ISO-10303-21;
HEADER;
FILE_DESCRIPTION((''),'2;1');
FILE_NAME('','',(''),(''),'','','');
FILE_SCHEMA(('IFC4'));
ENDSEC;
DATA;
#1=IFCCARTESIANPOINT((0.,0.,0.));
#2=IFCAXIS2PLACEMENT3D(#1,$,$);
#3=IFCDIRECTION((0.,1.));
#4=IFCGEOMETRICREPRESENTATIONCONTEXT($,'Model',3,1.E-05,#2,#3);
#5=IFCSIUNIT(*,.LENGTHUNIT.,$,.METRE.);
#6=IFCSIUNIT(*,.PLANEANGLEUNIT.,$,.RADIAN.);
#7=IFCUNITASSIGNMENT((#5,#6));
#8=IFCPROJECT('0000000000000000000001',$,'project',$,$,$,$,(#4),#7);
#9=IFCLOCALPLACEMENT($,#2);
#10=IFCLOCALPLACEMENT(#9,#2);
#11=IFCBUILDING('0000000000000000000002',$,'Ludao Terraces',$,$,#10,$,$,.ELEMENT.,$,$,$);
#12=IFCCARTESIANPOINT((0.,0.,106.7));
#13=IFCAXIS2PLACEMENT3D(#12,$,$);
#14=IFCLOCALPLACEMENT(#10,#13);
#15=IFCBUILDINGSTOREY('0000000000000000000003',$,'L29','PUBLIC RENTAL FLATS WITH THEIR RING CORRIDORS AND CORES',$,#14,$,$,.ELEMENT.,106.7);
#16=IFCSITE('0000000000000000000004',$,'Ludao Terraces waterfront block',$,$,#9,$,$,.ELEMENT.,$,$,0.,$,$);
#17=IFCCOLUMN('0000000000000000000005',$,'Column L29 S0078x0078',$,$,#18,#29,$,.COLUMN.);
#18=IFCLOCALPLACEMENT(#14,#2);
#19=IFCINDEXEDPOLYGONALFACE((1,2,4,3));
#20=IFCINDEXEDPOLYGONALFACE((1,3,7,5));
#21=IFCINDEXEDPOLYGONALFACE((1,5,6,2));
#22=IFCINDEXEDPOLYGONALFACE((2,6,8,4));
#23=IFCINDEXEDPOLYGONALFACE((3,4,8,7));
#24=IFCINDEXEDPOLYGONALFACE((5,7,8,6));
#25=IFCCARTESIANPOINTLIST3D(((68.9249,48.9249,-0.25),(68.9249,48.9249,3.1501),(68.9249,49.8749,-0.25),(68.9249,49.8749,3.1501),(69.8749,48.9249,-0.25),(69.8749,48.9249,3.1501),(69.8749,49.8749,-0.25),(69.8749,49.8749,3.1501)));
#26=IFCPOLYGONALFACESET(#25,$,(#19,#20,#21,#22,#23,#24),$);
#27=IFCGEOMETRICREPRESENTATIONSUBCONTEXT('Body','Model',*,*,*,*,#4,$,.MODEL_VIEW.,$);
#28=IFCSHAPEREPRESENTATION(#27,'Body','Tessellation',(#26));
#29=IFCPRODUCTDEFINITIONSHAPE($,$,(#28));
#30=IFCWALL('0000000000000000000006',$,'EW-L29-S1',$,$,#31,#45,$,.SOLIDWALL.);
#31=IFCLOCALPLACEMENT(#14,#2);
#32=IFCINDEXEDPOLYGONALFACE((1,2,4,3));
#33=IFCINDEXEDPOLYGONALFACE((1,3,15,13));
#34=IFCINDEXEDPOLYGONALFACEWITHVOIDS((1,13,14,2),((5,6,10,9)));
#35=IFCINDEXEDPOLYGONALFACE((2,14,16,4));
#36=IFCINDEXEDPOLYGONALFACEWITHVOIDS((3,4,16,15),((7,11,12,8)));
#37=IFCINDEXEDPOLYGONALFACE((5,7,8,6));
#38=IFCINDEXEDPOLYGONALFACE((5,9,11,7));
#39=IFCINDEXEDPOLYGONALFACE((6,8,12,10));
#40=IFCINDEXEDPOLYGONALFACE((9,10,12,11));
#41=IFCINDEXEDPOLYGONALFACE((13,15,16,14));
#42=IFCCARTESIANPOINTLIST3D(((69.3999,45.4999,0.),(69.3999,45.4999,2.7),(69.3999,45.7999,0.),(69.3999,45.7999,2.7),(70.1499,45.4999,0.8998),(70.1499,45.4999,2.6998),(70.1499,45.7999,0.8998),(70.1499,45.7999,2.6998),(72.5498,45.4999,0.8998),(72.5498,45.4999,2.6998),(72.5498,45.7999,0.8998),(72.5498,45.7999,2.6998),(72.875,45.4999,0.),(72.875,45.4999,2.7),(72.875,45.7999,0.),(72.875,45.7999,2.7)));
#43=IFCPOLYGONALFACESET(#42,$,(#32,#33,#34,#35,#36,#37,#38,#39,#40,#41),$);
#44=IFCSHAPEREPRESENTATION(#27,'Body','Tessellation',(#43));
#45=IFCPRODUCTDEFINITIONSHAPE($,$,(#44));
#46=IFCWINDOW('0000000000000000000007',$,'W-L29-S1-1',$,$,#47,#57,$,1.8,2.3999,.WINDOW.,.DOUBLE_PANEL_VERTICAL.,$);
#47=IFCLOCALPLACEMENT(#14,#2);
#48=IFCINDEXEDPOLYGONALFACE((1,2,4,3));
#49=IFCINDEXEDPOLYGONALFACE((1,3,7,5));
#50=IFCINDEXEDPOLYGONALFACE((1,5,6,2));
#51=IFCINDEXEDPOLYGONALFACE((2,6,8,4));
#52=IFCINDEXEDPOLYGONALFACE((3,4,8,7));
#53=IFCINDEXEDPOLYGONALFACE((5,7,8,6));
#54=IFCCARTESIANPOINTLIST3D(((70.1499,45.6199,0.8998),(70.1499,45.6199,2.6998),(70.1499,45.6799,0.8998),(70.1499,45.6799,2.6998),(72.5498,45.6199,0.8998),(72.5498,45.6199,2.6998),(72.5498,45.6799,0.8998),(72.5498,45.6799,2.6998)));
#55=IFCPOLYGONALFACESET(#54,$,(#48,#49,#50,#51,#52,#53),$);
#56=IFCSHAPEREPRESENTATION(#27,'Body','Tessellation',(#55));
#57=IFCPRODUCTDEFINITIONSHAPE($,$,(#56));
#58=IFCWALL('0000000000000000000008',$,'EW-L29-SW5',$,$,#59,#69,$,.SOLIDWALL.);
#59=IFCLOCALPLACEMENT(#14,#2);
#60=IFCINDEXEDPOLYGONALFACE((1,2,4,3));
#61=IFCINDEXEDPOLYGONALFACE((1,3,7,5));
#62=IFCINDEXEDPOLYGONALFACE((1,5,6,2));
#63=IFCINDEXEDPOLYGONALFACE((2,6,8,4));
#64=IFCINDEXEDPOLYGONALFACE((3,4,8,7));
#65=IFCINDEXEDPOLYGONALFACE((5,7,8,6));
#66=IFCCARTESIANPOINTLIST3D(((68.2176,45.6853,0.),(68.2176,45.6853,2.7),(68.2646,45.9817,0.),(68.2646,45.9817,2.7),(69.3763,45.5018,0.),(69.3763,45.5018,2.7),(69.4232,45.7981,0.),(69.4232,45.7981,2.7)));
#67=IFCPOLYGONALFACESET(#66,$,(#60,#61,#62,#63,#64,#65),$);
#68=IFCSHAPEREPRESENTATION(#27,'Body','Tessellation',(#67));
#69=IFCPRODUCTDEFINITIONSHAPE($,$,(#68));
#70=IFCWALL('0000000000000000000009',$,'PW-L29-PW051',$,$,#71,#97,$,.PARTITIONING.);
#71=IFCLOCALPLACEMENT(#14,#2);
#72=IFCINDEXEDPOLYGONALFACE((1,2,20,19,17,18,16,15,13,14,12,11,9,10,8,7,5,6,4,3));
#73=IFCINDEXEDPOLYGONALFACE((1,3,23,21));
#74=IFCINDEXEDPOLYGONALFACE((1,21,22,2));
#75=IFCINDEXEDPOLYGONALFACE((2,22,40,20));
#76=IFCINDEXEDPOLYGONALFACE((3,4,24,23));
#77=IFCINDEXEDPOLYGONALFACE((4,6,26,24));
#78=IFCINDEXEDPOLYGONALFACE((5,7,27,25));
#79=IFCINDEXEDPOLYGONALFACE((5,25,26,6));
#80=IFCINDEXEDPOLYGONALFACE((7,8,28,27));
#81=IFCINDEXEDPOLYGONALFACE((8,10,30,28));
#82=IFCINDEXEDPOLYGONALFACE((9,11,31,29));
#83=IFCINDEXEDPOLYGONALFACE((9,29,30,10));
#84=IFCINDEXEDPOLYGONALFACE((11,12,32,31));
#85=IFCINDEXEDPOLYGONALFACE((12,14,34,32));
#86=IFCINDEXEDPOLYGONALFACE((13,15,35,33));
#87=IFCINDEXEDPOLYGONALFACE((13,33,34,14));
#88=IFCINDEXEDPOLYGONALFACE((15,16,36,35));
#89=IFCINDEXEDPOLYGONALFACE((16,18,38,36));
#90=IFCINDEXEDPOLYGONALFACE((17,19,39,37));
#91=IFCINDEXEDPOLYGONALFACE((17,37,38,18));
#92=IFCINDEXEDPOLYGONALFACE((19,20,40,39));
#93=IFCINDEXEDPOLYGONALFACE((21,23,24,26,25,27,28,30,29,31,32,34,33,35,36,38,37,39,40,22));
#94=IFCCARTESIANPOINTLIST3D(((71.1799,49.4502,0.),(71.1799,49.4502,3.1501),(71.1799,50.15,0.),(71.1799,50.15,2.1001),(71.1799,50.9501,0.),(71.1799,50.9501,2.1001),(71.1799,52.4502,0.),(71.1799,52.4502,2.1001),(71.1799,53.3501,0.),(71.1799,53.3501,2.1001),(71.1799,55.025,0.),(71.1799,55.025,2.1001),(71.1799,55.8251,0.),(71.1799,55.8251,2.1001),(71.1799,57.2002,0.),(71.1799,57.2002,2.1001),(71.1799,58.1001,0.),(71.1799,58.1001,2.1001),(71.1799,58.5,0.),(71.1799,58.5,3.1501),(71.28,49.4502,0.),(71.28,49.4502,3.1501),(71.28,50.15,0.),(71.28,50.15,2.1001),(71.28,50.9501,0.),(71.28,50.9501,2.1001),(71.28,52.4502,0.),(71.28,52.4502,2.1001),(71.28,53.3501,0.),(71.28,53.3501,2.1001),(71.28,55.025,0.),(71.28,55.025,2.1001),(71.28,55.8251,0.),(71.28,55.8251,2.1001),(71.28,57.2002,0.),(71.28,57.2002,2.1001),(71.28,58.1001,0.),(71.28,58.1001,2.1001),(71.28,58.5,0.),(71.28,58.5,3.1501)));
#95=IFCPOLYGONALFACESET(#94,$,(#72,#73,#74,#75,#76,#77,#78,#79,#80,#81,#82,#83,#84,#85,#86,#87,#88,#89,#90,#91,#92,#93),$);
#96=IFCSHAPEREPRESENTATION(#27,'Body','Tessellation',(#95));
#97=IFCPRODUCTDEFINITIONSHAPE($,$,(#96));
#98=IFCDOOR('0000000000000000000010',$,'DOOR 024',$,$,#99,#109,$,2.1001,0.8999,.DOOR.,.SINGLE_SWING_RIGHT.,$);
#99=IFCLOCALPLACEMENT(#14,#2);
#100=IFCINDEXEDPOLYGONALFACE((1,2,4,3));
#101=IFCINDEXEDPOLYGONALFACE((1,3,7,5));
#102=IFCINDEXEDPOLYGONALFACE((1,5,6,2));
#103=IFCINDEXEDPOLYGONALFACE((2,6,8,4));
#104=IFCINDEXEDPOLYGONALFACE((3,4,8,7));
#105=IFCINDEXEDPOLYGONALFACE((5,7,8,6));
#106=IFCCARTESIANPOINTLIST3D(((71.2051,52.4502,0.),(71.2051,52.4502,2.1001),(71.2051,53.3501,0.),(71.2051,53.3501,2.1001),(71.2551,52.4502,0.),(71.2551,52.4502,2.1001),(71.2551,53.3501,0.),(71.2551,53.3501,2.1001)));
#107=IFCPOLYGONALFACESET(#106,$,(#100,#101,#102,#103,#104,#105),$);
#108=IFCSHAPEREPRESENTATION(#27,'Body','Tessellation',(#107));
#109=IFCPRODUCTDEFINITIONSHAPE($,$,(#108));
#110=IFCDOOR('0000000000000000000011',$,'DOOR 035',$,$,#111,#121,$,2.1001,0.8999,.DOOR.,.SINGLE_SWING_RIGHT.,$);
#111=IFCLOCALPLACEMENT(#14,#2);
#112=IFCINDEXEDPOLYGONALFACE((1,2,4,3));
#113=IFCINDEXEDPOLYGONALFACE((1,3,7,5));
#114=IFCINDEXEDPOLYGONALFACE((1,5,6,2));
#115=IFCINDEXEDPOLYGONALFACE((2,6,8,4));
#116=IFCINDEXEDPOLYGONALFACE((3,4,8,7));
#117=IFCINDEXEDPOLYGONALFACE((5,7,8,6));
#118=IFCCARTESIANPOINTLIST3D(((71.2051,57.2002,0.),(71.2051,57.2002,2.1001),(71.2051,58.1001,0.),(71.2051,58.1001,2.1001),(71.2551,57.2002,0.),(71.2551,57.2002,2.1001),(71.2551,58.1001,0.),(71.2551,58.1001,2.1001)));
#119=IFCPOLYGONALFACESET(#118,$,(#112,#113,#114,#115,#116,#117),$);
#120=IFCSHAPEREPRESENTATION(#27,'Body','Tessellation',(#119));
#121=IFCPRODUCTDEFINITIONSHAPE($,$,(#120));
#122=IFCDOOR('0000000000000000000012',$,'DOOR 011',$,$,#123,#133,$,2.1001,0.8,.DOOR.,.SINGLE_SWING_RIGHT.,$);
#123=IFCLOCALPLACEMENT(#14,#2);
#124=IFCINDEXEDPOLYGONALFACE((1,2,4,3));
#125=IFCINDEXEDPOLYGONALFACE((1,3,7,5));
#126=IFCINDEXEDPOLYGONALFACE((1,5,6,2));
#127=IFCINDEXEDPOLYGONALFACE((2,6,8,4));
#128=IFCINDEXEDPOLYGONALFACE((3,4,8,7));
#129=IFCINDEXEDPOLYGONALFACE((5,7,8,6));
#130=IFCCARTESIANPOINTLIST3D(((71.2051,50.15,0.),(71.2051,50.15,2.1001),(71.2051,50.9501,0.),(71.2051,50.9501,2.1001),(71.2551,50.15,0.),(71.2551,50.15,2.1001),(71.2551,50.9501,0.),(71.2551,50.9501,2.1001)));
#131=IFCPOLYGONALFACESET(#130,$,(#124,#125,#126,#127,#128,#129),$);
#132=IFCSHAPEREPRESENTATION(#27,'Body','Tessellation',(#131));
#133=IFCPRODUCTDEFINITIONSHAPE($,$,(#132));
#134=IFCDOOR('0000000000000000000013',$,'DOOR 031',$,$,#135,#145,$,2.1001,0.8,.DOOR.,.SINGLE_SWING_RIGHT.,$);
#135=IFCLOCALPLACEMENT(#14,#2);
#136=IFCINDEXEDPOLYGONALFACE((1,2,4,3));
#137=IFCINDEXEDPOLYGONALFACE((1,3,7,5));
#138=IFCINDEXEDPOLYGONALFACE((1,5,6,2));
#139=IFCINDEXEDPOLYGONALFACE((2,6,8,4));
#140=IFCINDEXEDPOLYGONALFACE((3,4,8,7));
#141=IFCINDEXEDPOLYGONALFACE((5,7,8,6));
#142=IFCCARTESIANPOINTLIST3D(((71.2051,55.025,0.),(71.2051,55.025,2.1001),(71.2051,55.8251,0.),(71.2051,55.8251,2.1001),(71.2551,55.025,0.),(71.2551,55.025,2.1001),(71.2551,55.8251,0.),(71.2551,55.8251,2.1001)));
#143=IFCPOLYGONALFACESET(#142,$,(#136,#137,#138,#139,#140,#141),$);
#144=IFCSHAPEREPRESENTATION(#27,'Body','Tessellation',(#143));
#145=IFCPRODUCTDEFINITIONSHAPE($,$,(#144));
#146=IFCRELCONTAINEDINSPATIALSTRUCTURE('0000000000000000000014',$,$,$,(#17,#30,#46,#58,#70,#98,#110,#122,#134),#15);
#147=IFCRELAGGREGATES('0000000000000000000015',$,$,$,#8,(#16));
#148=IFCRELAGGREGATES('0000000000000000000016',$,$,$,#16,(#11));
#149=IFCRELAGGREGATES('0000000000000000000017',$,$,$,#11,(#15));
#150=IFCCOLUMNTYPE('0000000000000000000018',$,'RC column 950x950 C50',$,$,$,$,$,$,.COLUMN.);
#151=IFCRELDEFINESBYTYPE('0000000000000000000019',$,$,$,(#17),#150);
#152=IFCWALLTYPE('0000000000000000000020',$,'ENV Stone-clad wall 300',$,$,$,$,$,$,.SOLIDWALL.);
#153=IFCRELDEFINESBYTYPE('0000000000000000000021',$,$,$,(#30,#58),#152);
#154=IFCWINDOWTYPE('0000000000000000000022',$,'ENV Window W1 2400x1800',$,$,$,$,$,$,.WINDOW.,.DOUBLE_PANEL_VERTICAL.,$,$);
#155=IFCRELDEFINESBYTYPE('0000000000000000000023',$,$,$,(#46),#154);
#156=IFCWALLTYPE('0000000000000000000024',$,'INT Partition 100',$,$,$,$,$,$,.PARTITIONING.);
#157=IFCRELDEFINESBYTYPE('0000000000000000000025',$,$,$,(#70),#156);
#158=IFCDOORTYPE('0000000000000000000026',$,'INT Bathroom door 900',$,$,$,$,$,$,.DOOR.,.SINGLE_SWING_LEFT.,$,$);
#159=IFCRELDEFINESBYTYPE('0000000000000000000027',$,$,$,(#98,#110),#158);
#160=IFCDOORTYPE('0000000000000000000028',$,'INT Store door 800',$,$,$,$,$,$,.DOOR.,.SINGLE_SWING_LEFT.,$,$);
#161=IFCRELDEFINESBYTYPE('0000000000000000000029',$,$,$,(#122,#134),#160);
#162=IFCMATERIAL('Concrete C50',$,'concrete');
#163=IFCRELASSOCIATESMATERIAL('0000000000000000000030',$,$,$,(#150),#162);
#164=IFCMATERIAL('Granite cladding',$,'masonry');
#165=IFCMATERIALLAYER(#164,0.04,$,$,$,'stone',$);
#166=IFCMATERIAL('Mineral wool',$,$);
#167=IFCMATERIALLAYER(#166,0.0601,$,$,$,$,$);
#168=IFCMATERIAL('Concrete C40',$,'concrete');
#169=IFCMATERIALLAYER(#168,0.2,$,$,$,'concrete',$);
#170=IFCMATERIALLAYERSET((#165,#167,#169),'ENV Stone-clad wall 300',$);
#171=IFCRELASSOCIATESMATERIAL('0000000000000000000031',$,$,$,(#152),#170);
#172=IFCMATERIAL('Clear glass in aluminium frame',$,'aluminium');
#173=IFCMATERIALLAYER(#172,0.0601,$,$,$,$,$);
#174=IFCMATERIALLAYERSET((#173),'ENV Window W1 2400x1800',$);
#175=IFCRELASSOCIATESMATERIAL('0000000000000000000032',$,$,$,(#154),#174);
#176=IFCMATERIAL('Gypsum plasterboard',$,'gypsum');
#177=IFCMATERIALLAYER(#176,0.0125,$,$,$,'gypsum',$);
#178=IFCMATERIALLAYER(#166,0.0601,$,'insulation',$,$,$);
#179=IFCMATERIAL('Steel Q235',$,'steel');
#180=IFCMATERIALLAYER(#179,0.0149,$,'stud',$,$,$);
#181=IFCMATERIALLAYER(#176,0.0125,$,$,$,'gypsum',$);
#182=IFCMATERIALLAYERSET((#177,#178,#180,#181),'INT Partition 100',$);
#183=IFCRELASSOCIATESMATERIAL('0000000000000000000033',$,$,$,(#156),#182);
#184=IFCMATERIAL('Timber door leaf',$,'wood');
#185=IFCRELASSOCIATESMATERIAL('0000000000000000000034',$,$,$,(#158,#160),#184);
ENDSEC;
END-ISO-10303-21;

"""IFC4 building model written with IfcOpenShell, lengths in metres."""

from ifc_helpers import new_model, si_unit, direction, frame, frame_2d, origin, origin_2d, place, context, subcontext, project, spatial, rectangle, extrude, material, layer, layer_set, material_profile, profile_set, type_object, element, fill, save


model = new_model("IFC4")

# Units and contexts
model_context = context("Model", 3, precision=1e-05, world=origin(), true_north=direction((0.0, 1.0)))
body_context = subcontext(model_context, "Body", "Model", "MODEL_VIEW")
ifc_project = project(units=[si_unit("LENGTHUNIT", "METRE"), si_unit("PLANEANGLEUNIT", "RADIAN")], contexts=[model_context])

# Site, building, storey
site_placement = place(None, origin())
site = spatial("IfcSite", under=ifc_project, at=site_placement, Name="Ludao Terraces waterfront block", CompositionType="ELEMENT", RefElevation=0.0)
building_placement = place(site_placement, origin())
building = spatial("IfcBuilding", under=site, at=building_placement, Name="Ludao Terraces", CompositionType="ELEMENT")
storey_placement = place(building_placement, frame((0.0, 0.0, 106.7)))
storey = spatial("IfcBuildingStorey", under=building, at=storey_placement, Name="L29", Description="PUBLIC RENTAL FLATS WITH THEIR RING CORRIDORS AND CORES", CompositionType="ELEMENT", Elevation=106.7)

# Column
ifc_material_1 = material(Name="Concrete C50", Category="concrete")
ifc_material_profile = material_profile(ifc_material_1, rectangle(XDim=0.95, YDim=0.95, at=origin_2d()), Name="950 X 950")
ifc_profile_set = profile_set([ifc_material_profile], Name="Concrete C50")
column_type = type_object("IfcColumnType", Name="RC column 950x950 C50", PredefinedType="COLUMN", material=ifc_profile_set)
column_placement = place(storey_placement, frame((69.3999, 49.3999, -0.25), z_axis=(0.0, 0.0, 1.0), x_axis=(1.0, 0.0, 0.0)))
element("IfcColumn", 1, at=column_placement, inside=storey, type_object=column_type, Name="Column L29 S0078x0078", PredefinedType="COLUMN", context=body_context, shape_type="SweptSolid", body=[
    extrude(rectangle(XDim=0.95, YDim=0.95, at=origin_2d()), origin(), (0.0, 0.0, 1.0), 3.4001),
])

# Wall, opening, window
ifc_material_2 = material(Name="Granite cladding", Category="masonry")
ifc_layer_1 = layer(ifc_material_2, 0.04, Category="stone")
ifc_material_3 = material(Name="Mineral wool")
ifc_layer_2 = layer(ifc_material_3, 0.0601)
ifc_material_4 = material(Name="Concrete C40", Category="concrete")
ifc_layer_3 = layer(ifc_material_4, 0.2, Category="concrete")
ifc_layer_set_1 = layer_set([ifc_layer_1, ifc_layer_2, ifc_layer_3], Name="ENV Stone-clad wall 300")
wall_type_1 = type_object("IfcWallType", Name="ENV Stone-clad wall 300", PredefinedType="SOLIDWALL", material=ifc_layer_set_1)
wall_1_placement = place(storey_placement, frame((69.3999, 45.6499, 0.0), z_axis=(0.0, 0.0, 1.0), x_axis=(1.0, 0.0, 0.0)))
wall_1 = element("IfcWall", 2, at=wall_1_placement, inside=storey, type_object=wall_type_1, Name="EW-L29-S1", PredefinedType="SOLIDWALL", context=body_context, shape_type="SweptSolid", body=[
    extrude(rectangle(XDim=3.4751, YDim=0.3, at=frame_2d((1.7375, 0.0))), origin(), (0.0, 0.0, 1.0), 2.7),
])
opening_1_placement = place(wall_1_placement, frame((0.75, 0.0, 0.8999)))
opening_1 = element("IfcOpeningElement", 3, at=opening_1_placement, cuts=wall_1, PredefinedType="OPENING", context=body_context, shape_type="SweptSolid", body=[
    extrude(rectangle(XDim=2.3999, YDim=1.8, at=frame_2d((1.2, 0.8999))), frame((0.0, 0.1602, 0.0), z_axis=(0.0, -1.0, 0.0), x_axis=(1.0, 0.0, 0.0)), (0.0, 0.0, 1.0), 0.3201),
])
ifc_material_5 = material(Name="Clear glass in aluminium frame", Category="aluminium")
ifc_layer_4 = layer(ifc_material_5, 0.0601)
ifc_layer_set_2 = layer_set([ifc_layer_4], Name="ENV Window W1 2400x1800")
window_type = type_object("IfcWindowType", Name="ENV Window W1 2400x1800", PartitioningType="DOUBLE_PANEL_VERTICAL", PredefinedType="WINDOW", material=ifc_layer_set_2)
window_placement = place(opening_1_placement, origin())
window = element("IfcWindow", 4, at=window_placement, inside=storey, type_object=window_type, Name="W-L29-S1-1", OverallHeight=1.8, OverallWidth=2.3999, PartitioningType="DOUBLE_PANEL_VERTICAL", PredefinedType="WINDOW", context=body_context, shape_type="SweptSolid", body=[
    extrude(rectangle(XDim=2.3999, YDim=1.8, at=frame_2d((1.2, 0.8999))), frame((0.0, 0.03, 0.0), z_axis=(0.0, -1.0, 0.0), x_axis=(1.0, 0.0, 0.0)), (0.0, 0.0, 1.0), 0.0601),
])
fill(opening_1, window)

# Wall
wall_2_placement = place(storey_placement, frame((68.2412, 45.8335, 0.0), z_axis=(0.0, 0.0, 1.0), x_axis=(0.987678, -0.156497, 0.0)))
element("IfcWall", 5, at=wall_2_placement, inside=storey, type_object=wall_type_1, Name="EW-L29-SW5", PredefinedType="SOLIDWALL", context=body_context, shape_type="SweptSolid", body=[
    extrude(rectangle(XDim=1.1731, YDim=0.3, at=frame_2d((0.5864, 0.0))), origin(), (0.0, 0.0, 1.0), 2.7),
])

# Wall, openings, doors
ifc_material_6 = material(Name="Gypsum plasterboard", Category="gypsum")
ifc_layer_5 = layer(ifc_material_6, 0.0125, Category="gypsum")
ifc_layer_6 = layer(ifc_material_3, 0.0601, Name="insulation")
ifc_material_7 = material(Name="Steel Q235", Category="steel")
ifc_layer_7 = layer(ifc_material_7, 0.0149, Name="stud")
ifc_layer_8 = layer(ifc_material_6, 0.0125, Category="gypsum")
ifc_layer_set_3 = layer_set([ifc_layer_5, ifc_layer_6, ifc_layer_7, ifc_layer_8], Name="INT Partition 100")
wall_type_2 = type_object("IfcWallType", Name="INT Partition 100", PredefinedType="PARTITIONING", material=ifc_layer_set_3)
ifc_material_8 = material(Name="Timber door leaf", Category="wood")
wall_3_placement = place(storey_placement, frame((71.23, 49.4502, 0.0), z_axis=(0.0, 0.0, 1.0), x_axis=(0.0, 1.0, 0.0)))
wall_3 = element("IfcWall", 6, at=wall_3_placement, inside=storey, type_object=wall_type_2, Name="PW-L29-PW051", PredefinedType="PARTITIONING", context=body_context, shape_type="SweptSolid", body=[
    extrude(rectangle(XDim=9.0498, YDim=0.1001, at=frame_2d((4.5249, 0.0))), origin(), (0.0, 0.0, 1.0), 3.1501),
])
opening_2_placement = place(wall_3_placement, frame((0.7, 0.0, 0.0)))
opening_2 = element("IfcOpeningElement", 7, at=opening_2_placement, cuts=wall_3, PredefinedType="OPENING", context=body_context, shape_type="SweptSolid", body=[
    extrude(rectangle(XDim=0.8, YDim=2.1001, at=frame_2d((0.3999, 1.05))), frame((0.0, 0.0601, 0.0), z_axis=(0.0, -1.0, 0.0), x_axis=(1.0, 0.0, 0.0)), (0.0, 0.0, 1.0), 0.1201),
])
opening_3_placement = place(wall_3_placement, frame((3.0, 0.0, 0.0)))
opening_3 = element("IfcOpeningElement", 8, at=opening_3_placement, cuts=wall_3, PredefinedType="OPENING", context=body_context, shape_type="SweptSolid", body=[
    extrude(rectangle(XDim=0.8999, YDim=2.1001, at=frame_2d((0.45, 1.05))), frame((0.0, 0.0601, 0.0), z_axis=(0.0, -1.0, 0.0), x_axis=(1.0, 0.0, 0.0)), (0.0, 0.0, 1.0), 0.1201),
])
opening_4_placement = place(wall_3_placement, frame((5.575, 0.0, 0.0)))
opening_4 = element("IfcOpeningElement", 9, at=opening_4_placement, cuts=wall_3, PredefinedType="OPENING", context=body_context, shape_type="SweptSolid", body=[
    extrude(rectangle(XDim=0.8, YDim=2.1001, at=frame_2d((0.3999, 1.05))), frame((0.0, 0.0601, 0.0), z_axis=(0.0, -1.0, 0.0), x_axis=(1.0, 0.0, 0.0)), (0.0, 0.0, 1.0), 0.1201),
])
opening_5_placement = place(wall_3_placement, frame((7.75, 0.0, 0.0)))
opening_5 = element("IfcOpeningElement", 10, at=opening_5_placement, cuts=wall_3, PredefinedType="OPENING", context=body_context, shape_type="SweptSolid", body=[
    extrude(rectangle(XDim=0.8999, YDim=2.1001, at=frame_2d((0.45, 1.05))), frame((0.0, 0.0601, 0.0), z_axis=(0.0, -1.0, 0.0), x_axis=(1.0, 0.0, 0.0)), (0.0, 0.0, 1.0), 0.1201),
])
door_type_1 = type_object("IfcDoorType", Name="INT Bathroom door 900", OperationType="SINGLE_SWING_LEFT", PredefinedType="DOOR", material=ifc_material_8)
door_1_placement = place(opening_3_placement, origin())
door_1 = element("IfcDoor", 11, at=door_1_placement, inside=storey, type_object=door_type_1, Name="DOOR 024", OperationType="SINGLE_SWING_RIGHT", OverallHeight=2.1001, OverallWidth=0.8999, PredefinedType="DOOR", context=body_context, shape_type="SweptSolid", body=[
    extrude(rectangle(XDim=0.8999, YDim=2.1001, at=frame_2d((0.45, 1.05))), frame((0.0, 0.0249, 0.0), z_axis=(0.0, -1.0, 0.0), x_axis=(1.0, 0.0, 0.0)), (0.0, 0.0, 1.0), 0.05),
])
fill(opening_3, door_1)
door_2_placement = place(opening_5_placement, origin())
door_2 = element("IfcDoor", 12, at=door_2_placement, inside=storey, type_object=door_type_1, Name="DOOR 035", OperationType="SINGLE_SWING_RIGHT", OverallHeight=2.1001, OverallWidth=0.8999, PredefinedType="DOOR", context=body_context, shape_type="SweptSolid", body=[
    extrude(rectangle(XDim=0.8999, YDim=2.1001, at=frame_2d((0.45, 1.05))), frame((0.0, 0.0249, 0.0), z_axis=(0.0, -1.0, 0.0), x_axis=(1.0, 0.0, 0.0)), (0.0, 0.0, 1.0), 0.05),
])
fill(opening_5, door_2)
door_type_2 = type_object("IfcDoorType", Name="INT Store door 800", OperationType="SINGLE_SWING_LEFT", PredefinedType="DOOR", material=ifc_material_8)
door_3_placement = place(opening_2_placement, origin())
door_3 = element("IfcDoor", 13, at=door_3_placement, inside=storey, type_object=door_type_2, Name="DOOR 011", OperationType="SINGLE_SWING_RIGHT", OverallHeight=2.1001, OverallWidth=0.8, PredefinedType="DOOR", context=body_context, shape_type="SweptSolid", body=[
    extrude(rectangle(XDim=0.8, YDim=2.1001, at=frame_2d((0.3999, 1.05))), frame((0.0, 0.0249, 0.0), z_axis=(0.0, -1.0, 0.0), x_axis=(1.0, 0.0, 0.0)), (0.0, 0.0, 1.0), 0.05),
])
fill(opening_2, door_3)
door_4_placement = place(opening_4_placement, origin())
door_4 = element("IfcDoor", 14, at=door_4_placement, inside=storey, type_object=door_type_2, Name="DOOR 031", OperationType="SINGLE_SWING_RIGHT", OverallHeight=2.1001, OverallWidth=0.8, PredefinedType="DOOR", context=body_context, shape_type="SweptSolid", body=[
    extrude(rectangle(XDim=0.8, YDim=2.1001, at=frame_2d((0.3999, 1.05))), frame((0.0, 0.0249, 0.0), z_axis=(0.0, -1.0, 0.0), x_axis=(1.0, 0.0, 0.0)), (0.0, 0.0, 1.0), 0.05),
])
fill(opening_4, door_4)

save(model, "model.ifc")
